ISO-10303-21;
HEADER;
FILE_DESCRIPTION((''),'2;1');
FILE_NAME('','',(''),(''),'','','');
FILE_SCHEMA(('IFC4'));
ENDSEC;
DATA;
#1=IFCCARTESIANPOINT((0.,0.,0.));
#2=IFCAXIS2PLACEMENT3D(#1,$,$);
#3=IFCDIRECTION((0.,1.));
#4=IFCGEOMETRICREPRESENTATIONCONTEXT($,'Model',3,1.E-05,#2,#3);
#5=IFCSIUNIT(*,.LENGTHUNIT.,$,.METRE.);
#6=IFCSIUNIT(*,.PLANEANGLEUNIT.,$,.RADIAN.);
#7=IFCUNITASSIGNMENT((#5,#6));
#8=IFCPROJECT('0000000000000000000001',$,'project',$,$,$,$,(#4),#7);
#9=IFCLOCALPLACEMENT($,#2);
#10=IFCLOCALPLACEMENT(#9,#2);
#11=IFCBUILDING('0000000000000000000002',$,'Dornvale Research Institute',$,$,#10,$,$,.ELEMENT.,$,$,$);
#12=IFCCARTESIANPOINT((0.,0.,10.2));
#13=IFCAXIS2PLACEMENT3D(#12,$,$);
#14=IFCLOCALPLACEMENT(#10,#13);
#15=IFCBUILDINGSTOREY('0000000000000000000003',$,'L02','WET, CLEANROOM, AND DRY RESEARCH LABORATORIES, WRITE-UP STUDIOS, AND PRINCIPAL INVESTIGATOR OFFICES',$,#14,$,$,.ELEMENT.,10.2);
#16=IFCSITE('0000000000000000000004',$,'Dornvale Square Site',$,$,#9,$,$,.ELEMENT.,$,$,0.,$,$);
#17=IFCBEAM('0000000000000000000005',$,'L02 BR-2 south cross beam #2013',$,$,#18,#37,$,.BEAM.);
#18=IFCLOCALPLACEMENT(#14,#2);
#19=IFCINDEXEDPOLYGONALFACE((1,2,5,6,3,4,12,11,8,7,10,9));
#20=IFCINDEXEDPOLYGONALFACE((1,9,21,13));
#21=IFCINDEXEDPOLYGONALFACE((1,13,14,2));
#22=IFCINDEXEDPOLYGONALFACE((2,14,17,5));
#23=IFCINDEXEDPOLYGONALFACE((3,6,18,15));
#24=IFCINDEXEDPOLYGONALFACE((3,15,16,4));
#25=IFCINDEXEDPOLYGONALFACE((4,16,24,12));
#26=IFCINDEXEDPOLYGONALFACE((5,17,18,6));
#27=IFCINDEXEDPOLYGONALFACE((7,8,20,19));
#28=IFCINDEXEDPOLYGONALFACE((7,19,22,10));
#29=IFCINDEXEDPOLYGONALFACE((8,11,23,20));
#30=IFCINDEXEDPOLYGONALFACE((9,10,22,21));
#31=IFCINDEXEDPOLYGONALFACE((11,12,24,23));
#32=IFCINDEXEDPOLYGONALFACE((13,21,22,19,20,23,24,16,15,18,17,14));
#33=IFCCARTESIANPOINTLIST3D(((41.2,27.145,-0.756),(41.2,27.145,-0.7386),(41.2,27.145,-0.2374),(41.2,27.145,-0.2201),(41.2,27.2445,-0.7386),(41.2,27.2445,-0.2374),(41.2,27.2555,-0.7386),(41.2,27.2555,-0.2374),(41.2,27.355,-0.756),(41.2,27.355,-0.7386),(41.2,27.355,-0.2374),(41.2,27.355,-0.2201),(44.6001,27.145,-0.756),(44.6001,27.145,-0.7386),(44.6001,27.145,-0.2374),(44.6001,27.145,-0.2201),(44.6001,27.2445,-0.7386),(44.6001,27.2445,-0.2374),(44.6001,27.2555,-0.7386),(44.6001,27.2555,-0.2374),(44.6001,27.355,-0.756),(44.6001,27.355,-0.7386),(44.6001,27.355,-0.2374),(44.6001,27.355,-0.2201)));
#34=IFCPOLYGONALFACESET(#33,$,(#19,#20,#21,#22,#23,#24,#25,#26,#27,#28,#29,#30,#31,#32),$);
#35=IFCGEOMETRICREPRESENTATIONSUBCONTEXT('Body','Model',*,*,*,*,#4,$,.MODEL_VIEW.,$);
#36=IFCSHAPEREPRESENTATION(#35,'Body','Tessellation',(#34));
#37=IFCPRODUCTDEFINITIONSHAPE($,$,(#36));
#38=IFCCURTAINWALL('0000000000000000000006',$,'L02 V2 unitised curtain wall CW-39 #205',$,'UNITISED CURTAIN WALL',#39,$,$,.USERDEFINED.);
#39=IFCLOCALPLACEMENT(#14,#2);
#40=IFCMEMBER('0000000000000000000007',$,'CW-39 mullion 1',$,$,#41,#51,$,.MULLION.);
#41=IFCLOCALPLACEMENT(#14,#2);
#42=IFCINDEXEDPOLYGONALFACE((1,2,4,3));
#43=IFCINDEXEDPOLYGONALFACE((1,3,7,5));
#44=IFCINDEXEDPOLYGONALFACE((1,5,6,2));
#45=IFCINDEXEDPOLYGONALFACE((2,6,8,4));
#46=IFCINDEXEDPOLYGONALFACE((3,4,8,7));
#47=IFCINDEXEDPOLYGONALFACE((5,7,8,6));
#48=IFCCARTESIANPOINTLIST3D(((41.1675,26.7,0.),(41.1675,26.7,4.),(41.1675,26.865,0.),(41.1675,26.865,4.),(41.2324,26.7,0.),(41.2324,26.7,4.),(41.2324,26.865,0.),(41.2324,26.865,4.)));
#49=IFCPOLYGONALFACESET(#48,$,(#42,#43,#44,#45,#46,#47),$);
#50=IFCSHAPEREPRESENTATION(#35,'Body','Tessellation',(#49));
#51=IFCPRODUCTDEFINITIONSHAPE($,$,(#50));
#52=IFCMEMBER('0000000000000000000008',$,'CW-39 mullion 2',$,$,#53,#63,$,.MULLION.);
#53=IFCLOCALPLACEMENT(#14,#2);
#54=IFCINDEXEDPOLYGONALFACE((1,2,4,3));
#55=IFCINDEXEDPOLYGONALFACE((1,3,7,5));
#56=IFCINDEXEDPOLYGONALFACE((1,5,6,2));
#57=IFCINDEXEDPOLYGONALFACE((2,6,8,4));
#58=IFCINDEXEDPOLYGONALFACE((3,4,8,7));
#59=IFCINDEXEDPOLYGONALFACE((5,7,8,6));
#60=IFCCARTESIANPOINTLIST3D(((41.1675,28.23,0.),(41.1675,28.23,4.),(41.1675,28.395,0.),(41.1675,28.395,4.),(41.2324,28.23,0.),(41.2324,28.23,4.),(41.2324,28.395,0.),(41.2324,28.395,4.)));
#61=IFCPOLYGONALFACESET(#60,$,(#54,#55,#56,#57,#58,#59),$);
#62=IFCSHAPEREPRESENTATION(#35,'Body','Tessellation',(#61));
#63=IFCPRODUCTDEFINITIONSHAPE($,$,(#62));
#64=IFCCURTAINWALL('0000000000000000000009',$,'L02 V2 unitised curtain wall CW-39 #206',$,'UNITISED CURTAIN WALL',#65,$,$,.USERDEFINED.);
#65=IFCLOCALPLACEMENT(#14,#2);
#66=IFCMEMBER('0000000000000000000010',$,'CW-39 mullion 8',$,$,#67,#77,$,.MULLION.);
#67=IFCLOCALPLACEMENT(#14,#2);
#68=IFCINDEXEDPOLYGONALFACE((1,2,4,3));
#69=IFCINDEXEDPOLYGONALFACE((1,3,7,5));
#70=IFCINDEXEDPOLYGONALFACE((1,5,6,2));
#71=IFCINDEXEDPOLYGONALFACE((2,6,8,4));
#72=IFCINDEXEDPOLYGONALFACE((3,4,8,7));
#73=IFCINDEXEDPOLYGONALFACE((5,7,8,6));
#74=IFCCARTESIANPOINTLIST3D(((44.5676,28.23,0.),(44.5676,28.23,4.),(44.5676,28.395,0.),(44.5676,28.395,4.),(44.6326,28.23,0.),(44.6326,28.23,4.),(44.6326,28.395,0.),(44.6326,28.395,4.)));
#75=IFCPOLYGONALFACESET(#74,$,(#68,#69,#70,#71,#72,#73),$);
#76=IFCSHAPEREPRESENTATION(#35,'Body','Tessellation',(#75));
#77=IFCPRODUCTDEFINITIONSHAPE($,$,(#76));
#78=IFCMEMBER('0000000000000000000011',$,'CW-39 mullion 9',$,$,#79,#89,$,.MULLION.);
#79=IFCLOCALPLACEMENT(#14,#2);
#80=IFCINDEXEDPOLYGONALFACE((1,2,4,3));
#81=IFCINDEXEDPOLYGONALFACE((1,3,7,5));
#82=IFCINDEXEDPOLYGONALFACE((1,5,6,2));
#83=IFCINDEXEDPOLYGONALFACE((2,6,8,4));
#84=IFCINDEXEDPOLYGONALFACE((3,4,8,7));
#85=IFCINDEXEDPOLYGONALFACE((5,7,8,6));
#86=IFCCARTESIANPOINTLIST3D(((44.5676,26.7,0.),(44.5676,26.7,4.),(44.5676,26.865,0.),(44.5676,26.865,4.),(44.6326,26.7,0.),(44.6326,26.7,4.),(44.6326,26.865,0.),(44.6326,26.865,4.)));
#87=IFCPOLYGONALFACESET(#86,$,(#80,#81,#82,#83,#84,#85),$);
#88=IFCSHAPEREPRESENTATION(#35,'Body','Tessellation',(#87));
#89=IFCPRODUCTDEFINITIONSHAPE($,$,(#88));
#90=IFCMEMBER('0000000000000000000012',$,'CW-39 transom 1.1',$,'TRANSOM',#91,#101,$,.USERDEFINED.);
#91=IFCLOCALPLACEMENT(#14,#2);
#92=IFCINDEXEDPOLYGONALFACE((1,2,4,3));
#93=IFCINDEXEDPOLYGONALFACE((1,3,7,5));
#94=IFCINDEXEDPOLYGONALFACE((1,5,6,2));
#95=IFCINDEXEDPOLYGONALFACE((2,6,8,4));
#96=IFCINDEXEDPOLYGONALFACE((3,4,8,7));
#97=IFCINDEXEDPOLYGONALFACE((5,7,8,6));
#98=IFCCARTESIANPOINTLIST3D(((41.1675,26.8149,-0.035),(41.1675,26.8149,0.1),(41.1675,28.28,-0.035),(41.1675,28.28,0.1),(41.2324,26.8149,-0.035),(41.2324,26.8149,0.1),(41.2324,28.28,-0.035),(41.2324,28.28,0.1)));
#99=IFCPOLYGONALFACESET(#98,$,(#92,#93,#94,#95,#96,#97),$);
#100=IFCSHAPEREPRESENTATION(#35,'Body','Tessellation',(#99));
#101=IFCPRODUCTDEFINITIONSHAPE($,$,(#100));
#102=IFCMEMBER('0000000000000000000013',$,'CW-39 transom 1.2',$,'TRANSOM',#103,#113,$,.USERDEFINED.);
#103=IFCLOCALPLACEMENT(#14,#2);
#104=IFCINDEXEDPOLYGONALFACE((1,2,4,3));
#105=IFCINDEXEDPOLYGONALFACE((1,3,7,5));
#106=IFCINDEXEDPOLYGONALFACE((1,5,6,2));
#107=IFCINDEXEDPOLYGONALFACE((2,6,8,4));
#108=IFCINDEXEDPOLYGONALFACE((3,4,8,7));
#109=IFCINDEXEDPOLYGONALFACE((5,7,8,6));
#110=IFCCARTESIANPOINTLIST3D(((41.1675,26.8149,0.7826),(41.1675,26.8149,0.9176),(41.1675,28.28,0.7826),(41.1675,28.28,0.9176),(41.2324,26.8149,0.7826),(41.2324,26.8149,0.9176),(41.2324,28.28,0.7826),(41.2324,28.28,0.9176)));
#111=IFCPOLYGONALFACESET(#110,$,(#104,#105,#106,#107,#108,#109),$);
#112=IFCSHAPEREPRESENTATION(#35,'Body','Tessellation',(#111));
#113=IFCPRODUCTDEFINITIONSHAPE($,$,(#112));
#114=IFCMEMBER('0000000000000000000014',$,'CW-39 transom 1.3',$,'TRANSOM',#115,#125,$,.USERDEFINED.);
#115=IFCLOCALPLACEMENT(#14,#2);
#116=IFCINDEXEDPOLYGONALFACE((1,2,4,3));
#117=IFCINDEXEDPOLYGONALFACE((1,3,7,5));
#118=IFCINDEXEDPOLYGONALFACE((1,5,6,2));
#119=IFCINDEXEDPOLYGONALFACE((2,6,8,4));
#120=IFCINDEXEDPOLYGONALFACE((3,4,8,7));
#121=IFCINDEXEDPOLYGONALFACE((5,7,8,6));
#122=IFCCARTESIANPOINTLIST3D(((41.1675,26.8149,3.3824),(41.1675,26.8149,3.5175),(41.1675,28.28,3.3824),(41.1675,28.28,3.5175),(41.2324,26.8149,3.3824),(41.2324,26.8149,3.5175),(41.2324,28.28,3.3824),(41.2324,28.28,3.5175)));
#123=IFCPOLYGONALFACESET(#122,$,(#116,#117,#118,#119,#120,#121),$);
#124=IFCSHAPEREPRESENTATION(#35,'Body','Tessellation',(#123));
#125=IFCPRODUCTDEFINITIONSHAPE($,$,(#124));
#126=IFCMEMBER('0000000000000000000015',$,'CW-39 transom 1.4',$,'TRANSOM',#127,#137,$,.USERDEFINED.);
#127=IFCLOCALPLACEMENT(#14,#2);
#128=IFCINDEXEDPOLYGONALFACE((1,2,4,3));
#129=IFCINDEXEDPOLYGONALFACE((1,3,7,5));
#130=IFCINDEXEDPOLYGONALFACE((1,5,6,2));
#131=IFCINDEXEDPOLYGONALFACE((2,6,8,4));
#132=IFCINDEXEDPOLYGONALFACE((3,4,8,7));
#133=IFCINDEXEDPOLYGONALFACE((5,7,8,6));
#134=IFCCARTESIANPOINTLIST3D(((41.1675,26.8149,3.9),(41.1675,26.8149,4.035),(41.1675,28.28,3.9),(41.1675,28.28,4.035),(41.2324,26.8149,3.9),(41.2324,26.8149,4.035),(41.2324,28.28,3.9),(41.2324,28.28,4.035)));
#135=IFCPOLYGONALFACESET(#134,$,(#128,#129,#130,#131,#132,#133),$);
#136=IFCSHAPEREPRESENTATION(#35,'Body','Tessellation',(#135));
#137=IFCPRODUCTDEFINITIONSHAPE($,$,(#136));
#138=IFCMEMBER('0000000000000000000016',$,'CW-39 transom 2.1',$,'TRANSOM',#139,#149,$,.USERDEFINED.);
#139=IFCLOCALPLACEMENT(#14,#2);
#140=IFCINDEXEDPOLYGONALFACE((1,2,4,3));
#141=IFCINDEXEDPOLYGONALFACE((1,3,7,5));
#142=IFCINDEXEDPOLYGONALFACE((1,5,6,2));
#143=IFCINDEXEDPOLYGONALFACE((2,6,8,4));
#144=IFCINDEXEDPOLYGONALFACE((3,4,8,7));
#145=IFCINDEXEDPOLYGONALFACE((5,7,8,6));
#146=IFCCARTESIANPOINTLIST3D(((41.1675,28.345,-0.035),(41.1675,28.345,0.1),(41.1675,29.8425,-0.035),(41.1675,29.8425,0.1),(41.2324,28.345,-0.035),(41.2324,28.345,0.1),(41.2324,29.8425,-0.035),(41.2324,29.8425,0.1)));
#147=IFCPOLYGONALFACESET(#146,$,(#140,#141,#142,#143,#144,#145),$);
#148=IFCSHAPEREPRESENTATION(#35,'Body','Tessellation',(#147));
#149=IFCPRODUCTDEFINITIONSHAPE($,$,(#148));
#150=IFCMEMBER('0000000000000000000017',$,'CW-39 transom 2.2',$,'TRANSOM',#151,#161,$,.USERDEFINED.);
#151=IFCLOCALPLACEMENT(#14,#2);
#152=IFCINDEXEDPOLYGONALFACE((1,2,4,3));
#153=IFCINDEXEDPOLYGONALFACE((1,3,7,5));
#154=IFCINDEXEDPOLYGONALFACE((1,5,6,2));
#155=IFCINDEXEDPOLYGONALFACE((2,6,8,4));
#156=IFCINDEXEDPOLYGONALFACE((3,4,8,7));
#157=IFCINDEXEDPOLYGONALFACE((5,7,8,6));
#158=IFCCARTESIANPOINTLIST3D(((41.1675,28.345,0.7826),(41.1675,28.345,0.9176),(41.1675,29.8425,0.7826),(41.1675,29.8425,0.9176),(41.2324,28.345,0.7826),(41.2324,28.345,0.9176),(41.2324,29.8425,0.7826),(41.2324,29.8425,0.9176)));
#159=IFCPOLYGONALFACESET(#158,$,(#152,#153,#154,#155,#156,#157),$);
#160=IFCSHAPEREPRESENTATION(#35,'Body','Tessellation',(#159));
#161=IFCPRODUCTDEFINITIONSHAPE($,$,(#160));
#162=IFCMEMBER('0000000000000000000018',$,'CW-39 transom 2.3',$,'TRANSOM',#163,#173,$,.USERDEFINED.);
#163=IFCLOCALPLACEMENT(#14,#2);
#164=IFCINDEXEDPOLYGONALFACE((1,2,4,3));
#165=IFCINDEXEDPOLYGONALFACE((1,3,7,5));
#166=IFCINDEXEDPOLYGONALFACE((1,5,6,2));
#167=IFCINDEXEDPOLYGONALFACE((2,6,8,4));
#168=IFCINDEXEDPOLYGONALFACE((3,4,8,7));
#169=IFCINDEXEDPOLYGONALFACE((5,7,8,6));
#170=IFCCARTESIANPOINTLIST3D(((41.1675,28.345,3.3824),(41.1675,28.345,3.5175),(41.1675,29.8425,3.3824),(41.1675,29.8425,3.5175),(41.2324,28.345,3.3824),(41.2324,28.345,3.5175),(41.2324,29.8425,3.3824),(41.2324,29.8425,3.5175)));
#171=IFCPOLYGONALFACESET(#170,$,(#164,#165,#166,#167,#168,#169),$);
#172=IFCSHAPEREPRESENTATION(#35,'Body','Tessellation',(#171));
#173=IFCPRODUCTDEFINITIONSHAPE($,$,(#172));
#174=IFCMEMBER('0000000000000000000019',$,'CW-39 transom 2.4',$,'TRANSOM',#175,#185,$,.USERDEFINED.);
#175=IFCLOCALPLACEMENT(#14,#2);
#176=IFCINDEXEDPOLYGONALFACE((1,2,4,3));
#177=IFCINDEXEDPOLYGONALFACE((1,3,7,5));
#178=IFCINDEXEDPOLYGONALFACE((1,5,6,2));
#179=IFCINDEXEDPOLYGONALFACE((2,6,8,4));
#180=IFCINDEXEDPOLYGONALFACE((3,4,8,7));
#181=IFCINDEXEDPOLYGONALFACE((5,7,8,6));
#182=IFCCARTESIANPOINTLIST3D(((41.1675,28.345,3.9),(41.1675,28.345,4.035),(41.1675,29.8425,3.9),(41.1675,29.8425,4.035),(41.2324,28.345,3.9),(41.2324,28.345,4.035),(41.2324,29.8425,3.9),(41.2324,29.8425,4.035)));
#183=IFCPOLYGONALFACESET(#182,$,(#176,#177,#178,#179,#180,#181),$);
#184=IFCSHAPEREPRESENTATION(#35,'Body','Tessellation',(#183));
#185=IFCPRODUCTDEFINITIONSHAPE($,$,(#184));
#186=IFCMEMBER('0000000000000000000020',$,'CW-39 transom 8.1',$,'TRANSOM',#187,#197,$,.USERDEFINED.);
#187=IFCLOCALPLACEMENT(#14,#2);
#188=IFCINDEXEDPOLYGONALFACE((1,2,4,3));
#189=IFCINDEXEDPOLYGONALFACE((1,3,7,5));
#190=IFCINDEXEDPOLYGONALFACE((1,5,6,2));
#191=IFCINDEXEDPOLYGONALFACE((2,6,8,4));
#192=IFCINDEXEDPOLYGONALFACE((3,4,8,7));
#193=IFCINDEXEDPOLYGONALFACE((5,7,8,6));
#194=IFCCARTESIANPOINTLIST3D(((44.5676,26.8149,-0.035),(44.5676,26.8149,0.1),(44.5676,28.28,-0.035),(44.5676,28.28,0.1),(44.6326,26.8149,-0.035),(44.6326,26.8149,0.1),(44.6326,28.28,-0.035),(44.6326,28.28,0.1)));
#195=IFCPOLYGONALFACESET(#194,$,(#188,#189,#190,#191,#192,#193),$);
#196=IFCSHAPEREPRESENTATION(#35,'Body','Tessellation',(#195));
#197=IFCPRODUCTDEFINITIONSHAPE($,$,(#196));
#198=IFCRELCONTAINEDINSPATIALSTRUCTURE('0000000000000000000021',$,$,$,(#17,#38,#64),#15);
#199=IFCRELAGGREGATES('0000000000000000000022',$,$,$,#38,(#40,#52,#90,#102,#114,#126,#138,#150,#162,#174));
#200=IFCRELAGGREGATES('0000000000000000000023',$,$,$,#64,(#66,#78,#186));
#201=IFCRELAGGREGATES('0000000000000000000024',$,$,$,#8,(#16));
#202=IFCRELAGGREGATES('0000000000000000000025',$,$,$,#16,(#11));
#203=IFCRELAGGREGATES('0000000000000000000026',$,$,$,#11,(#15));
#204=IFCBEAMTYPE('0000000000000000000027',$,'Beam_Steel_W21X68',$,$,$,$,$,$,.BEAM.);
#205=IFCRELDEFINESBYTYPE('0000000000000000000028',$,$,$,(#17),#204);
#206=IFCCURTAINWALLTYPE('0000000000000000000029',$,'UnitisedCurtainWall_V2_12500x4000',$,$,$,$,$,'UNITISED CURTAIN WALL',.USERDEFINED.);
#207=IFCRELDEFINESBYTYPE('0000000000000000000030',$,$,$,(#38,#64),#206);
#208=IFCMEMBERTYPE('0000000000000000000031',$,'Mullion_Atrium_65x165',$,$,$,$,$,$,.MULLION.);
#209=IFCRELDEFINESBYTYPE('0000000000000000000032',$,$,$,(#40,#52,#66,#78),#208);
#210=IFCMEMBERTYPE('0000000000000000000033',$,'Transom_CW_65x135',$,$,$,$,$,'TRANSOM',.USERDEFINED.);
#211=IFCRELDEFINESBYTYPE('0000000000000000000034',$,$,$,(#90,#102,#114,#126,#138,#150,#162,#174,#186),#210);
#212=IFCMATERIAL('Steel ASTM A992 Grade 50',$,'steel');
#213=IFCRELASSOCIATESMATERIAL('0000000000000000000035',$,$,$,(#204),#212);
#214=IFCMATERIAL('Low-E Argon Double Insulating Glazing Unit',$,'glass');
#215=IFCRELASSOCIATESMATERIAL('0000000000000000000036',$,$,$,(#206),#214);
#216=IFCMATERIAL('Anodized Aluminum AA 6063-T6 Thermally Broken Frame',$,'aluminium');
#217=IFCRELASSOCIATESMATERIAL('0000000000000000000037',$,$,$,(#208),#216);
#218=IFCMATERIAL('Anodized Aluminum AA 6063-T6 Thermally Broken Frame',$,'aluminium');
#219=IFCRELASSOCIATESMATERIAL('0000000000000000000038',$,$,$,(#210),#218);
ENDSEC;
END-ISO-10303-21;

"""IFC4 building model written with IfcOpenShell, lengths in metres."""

from ifc_helpers import new_model, si_unit, direction, frame, origin, origin_2d, place, context, subcontext, project, spatial, rectangle, i_section, extrude, material, material_profile, profile_set, type_object, element, aggregate, save


model = new_model("IFC4")

# Units and contexts
model_context = context("Model", 3, precision=1e-05, world=origin(), true_north=direction((0.0, 1.0)))
body_context = subcontext(model_context, "Body", "Model", "MODEL_VIEW")
ifc_project = project(units=[si_unit("LENGTHUNIT", "METRE"), si_unit("PLANEANGLEUNIT", "RADIAN")], contexts=[model_context])

# Site, building, storey
site_placement = place(None, origin())
site = spatial("IfcSite", under=ifc_project, at=site_placement, Name="Dornvale Square Site", CompositionType="ELEMENT", RefElevation=0.0)
building_placement = place(site_placement, origin())
building = spatial("IfcBuilding", under=site, at=building_placement, Name="Dornvale Research Institute", CompositionType="ELEMENT")
storey_placement = place(building_placement, frame((0.0, 0.0, 10.2)))
storey = spatial("IfcBuildingStorey", under=building, at=storey_placement, Name="L02", Description="WET, CLEANROOM, AND DRY RESEARCH LABORATORIES, WRITE-UP STUDIOS, AND PRINCIPAL INVESTIGATOR OFFICES", CompositionType="ELEMENT", Elevation=10.2)

# Beam
ifc_material_1 = material(Name="Steel ASTM A992 Grade 50", Category="steel")
ifc_material_profile_1 = material_profile(ifc_material_1, i_section(OverallWidth=0.21, OverallDepth=0.5359, WebThickness=0.011, FlangeThickness=0.0173, at=origin_2d()), Name="W21X68")
ifc_profile_set_1 = profile_set([ifc_material_profile_1], Name="Steel ASTM A992 Grade 50")
beam_type = type_object("IfcBeamType", Name="Beam_Steel_W21X68", PredefinedType="BEAM", material=ifc_profile_set_1)
beam_placement = place(storey_placement, frame((41.2, 27.25, -0.488), z_axis=(1.0, 0.0, 0.0), x_axis=(0.0, 1.0, 0.0)))
element("IfcBeam", 1, at=beam_placement, inside=storey, type_object=beam_type, Name="L02 BR-2 south cross beam #2013", PredefinedType="BEAM", context=body_context, shape_type="SweptSolid", body=[
    extrude(i_section(OverallWidth=0.21, OverallDepth=0.5359, WebThickness=0.011, FlangeThickness=0.0173, at=origin_2d()), origin(), (0.0, 0.0, 1.0), 3.4001),
])

# Curtain walls, members
ifc_material_2 = material(Name="Low-E Argon Double Insulating Glazing Unit", Category="glass")
curtain_wall_type = type_object("IfcCurtainWallType", Name="UnitisedCurtainWall_V2_12500x4000", ElementType="UNITISED CURTAIN WALL", PredefinedType="USERDEFINED", material=ifc_material_2)
curtain_wall_1_placement = place(storey_placement, origin())
curtain_wall_1 = element("IfcCurtainWall", 2, at=curtain_wall_1_placement, inside=storey, type_object=curtain_wall_type, Name="L02 V2 unitised curtain wall CW-39 #205", ObjectType="UNITISED CURTAIN WALL", PredefinedType="USERDEFINED")
ifc_material_3 = material(Name="Anodized Aluminum AA 6063-T6 Thermally Broken Frame", Category="aluminium")
ifc_material_profile_2 = material_profile(ifc_material_3, rectangle(XDim=0.0649, YDim=0.165, at=origin_2d()), Name="ALU MULLION 65x165")
ifc_profile_set_2 = profile_set([ifc_material_profile_2], Name="Anodized Aluminum AA 6063-T6 Thermally Broken Frame")
member_type_1 = type_object("IfcMemberType", Name="Mullion_Atrium_65x165", PredefinedType="MULLION", material=ifc_profile_set_2)
member_1_placement = place(storey_placement, frame((41.2, 26.7825, 0.0), z_axis=(0.0, 0.0, 1.0), x_axis=(-1.0, 0.0, 0.0)))
member_1 = element("IfcMember", 3, at=member_1_placement, type_object=member_type_1, Name="CW-39 mullion 1", PredefinedType="MULLION", context=body_context, shape_type="SweptSolid", body=[
    extrude(rectangle(XDim=0.0649, YDim=0.165, at=origin_2d()), origin(), (0.0, 0.0, 1.0), 4.0),
])
member_2_placement = place(storey_placement, frame((41.2, 28.3125, 0.0), z_axis=(0.0, 0.0, 1.0), x_axis=(-1.0, 0.0, 0.0)))
member_2 = element("IfcMember", 4, at=member_2_placement, type_object=member_type_1, Name="CW-39 mullion 2", PredefinedType="MULLION", context=body_context, shape_type="SweptSolid", body=[
    extrude(rectangle(XDim=0.0649, YDim=0.165, at=origin_2d()), origin(), (0.0, 0.0, 1.0), 4.0),
])
curtain_wall_2_placement = place(storey_placement, origin())
curtain_wall_2 = element("IfcCurtainWall", 5, at=curtain_wall_2_placement, inside=storey, type_object=curtain_wall_type, Name="L02 V2 unitised curtain wall CW-39 #206", ObjectType="UNITISED CURTAIN WALL", PredefinedType="USERDEFINED")
member_3_placement = place(storey_placement, frame((44.6001, 28.3125, 0.0), z_axis=(0.0, 0.0, 1.0), x_axis=(1.0, 0.0, 0.0)))
member_3 = element("IfcMember", 6, at=member_3_placement, type_object=member_type_1, Name="CW-39 mullion 8", PredefinedType="MULLION", context=body_context, shape_type="SweptSolid", body=[
    extrude(rectangle(XDim=0.0649, YDim=0.165, at=origin_2d()), origin(), (0.0, 0.0, 1.0), 4.0),
])
member_4_placement = place(storey_placement, frame((44.6001, 26.7825, 0.0), z_axis=(0.0, 0.0, 1.0), x_axis=(1.0, 0.0, 0.0)))
member_4 = element("IfcMember", 7, at=member_4_placement, type_object=member_type_1, Name="CW-39 mullion 9", PredefinedType="MULLION", context=body_context, shape_type="SweptSolid", body=[
    extrude(rectangle(XDim=0.0649, YDim=0.165, at=origin_2d()), origin(), (0.0, 0.0, 1.0), 4.0),
])

# Members
ifc_material_4 = material(Name="Anodized Aluminum AA 6063-T6 Thermally Broken Frame", Category="aluminium")
ifc_material_profile_3 = material_profile(ifc_material_4, rectangle(XDim=0.0649, YDim=0.135, at=origin_2d()), Name="ALU TRANSOM 65x135")
ifc_profile_set_3 = profile_set([ifc_material_profile_3], Name="Anodized Aluminum AA 6063-T6 Thermally Broken Frame")
member_type_2 = type_object("IfcMemberType", Name="Transom_CW_65x135", ElementType="TRANSOM", PredefinedType="USERDEFINED", material=ifc_profile_set_3)
member_5_placement = place(storey_placement, frame((41.2, 26.8149, 0.0325), z_axis=(0.0, 1.0, 0.0), x_axis=(-1.0, 0.0, 0.0)))
member_5 = element("IfcMember", 8, at=member_5_placement, type_object=member_type_2, Name="CW-39 transom 1.1", ObjectType="TRANSOM", PredefinedType="USERDEFINED", context=body_context, shape_type="SweptSolid", body=[
    extrude(rectangle(XDim=0.0649, YDim=0.135, at=origin_2d()), origin(), (0.0, 0.0, 1.0), 1.4651),
])
member_6_placement = place(storey_placement, frame((41.2, 26.8149, 0.8501), z_axis=(0.0, 1.0, 0.0), x_axis=(-1.0, 0.0, 0.0)))
member_6 = element("IfcMember", 9, at=member_6_placement, type_object=member_type_2, Name="CW-39 transom 1.2", ObjectType="TRANSOM", PredefinedType="USERDEFINED", context=body_context, shape_type="SweptSolid", body=[
    extrude(rectangle(XDim=0.0649, YDim=0.135, at=origin_2d()), origin(), (0.0, 0.0, 1.0), 1.4651),
])
member_7_placement = place(storey_placement, frame((41.2, 26.8149, 3.45), z_axis=(0.0, 1.0, 0.0), x_axis=(-1.0, 0.0, 0.0)))
member_7 = element("IfcMember", 10, at=member_7_placement, type_object=member_type_2, Name="CW-39 transom 1.3", ObjectType="TRANSOM", PredefinedType="USERDEFINED", context=body_context, shape_type="SweptSolid", body=[
    extrude(rectangle(XDim=0.0649, YDim=0.135, at=origin_2d()), origin(), (0.0, 0.0, 1.0), 1.4651),
])
member_8_placement = place(storey_placement, frame((41.2, 26.8149, 3.9675), z_axis=(0.0, 1.0, 0.0), x_axis=(-1.0, 0.0, 0.0)))
member_8 = element("IfcMember", 11, at=member_8_placement, type_object=member_type_2, Name="CW-39 transom 1.4", ObjectType="TRANSOM", PredefinedType="USERDEFINED", context=body_context, shape_type="SweptSolid", body=[
    extrude(rectangle(XDim=0.0649, YDim=0.135, at=origin_2d()), origin(), (0.0, 0.0, 1.0), 1.4651),
])
member_9_placement = place(storey_placement, frame((41.2, 28.345, 0.0325), z_axis=(0.0, 1.0, 0.0), x_axis=(-1.0, 0.0, 0.0)))
member_9 = element("IfcMember", 12, at=member_9_placement, type_object=member_type_2, Name="CW-39 transom 2.1", ObjectType="TRANSOM", PredefinedType="USERDEFINED", context=body_context, shape_type="SweptSolid", body=[
    extrude(rectangle(XDim=0.0649, YDim=0.135, at=origin_2d()), origin(), (0.0, 0.0, 1.0), 1.4976),
])
member_10_placement = place(storey_placement, frame((41.2, 28.345, 0.8501), z_axis=(0.0, 1.0, 0.0), x_axis=(-1.0, 0.0, 0.0)))
member_10 = element("IfcMember", 13, at=member_10_placement, type_object=member_type_2, Name="CW-39 transom 2.2", ObjectType="TRANSOM", PredefinedType="USERDEFINED", context=body_context, shape_type="SweptSolid", body=[
    extrude(rectangle(XDim=0.0649, YDim=0.135, at=origin_2d()), origin(), (0.0, 0.0, 1.0), 1.4976),
])
member_11_placement = place(storey_placement, frame((41.2, 28.345, 3.45), z_axis=(0.0, 1.0, 0.0), x_axis=(-1.0, 0.0, 0.0)))
member_11 = element("IfcMember", 14, at=member_11_placement, type_object=member_type_2, Name="CW-39 transom 2.3", ObjectType="TRANSOM", PredefinedType="USERDEFINED", context=body_context, shape_type="SweptSolid", body=[
    extrude(rectangle(XDim=0.0649, YDim=0.135, at=origin_2d()), origin(), (0.0, 0.0, 1.0), 1.4976),
])
member_12_placement = place(storey_placement, frame((41.2, 28.345, 3.9675), z_axis=(0.0, 1.0, 0.0), x_axis=(-1.0, 0.0, 0.0)))
member_12 = element("IfcMember", 15, at=member_12_placement, type_object=member_type_2, Name="CW-39 transom 2.4", ObjectType="TRANSOM", PredefinedType="USERDEFINED", context=body_context, shape_type="SweptSolid", body=[
    extrude(rectangle(XDim=0.0649, YDim=0.135, at=origin_2d()), origin(), (0.0, 0.0, 1.0), 1.4976),
])
member_13_placement = place(storey_placement, frame((44.6001, 28.28, 0.0325), z_axis=(0.0, -1.0, 0.0), x_axis=(1.0, 0.0, 0.0)))
member_13 = element("IfcMember", 16, at=member_13_placement, type_object=member_type_2, Name="CW-39 transom 8.1", ObjectType="TRANSOM", PredefinedType="USERDEFINED", context=body_context, shape_type="SweptSolid", body=[
    extrude(rectangle(XDim=0.0649, YDim=0.135, at=origin_2d()), origin(), (0.0, 0.0, 1.0), 1.4651),
])

aggregate(curtain_wall_1, [member_1, member_2, member_5, member_6, member_7, member_8, member_9, member_10, member_11, member_12])
aggregate(curtain_wall_2, [member_3, member_4, member_13])

save(model, "model.ifc")
